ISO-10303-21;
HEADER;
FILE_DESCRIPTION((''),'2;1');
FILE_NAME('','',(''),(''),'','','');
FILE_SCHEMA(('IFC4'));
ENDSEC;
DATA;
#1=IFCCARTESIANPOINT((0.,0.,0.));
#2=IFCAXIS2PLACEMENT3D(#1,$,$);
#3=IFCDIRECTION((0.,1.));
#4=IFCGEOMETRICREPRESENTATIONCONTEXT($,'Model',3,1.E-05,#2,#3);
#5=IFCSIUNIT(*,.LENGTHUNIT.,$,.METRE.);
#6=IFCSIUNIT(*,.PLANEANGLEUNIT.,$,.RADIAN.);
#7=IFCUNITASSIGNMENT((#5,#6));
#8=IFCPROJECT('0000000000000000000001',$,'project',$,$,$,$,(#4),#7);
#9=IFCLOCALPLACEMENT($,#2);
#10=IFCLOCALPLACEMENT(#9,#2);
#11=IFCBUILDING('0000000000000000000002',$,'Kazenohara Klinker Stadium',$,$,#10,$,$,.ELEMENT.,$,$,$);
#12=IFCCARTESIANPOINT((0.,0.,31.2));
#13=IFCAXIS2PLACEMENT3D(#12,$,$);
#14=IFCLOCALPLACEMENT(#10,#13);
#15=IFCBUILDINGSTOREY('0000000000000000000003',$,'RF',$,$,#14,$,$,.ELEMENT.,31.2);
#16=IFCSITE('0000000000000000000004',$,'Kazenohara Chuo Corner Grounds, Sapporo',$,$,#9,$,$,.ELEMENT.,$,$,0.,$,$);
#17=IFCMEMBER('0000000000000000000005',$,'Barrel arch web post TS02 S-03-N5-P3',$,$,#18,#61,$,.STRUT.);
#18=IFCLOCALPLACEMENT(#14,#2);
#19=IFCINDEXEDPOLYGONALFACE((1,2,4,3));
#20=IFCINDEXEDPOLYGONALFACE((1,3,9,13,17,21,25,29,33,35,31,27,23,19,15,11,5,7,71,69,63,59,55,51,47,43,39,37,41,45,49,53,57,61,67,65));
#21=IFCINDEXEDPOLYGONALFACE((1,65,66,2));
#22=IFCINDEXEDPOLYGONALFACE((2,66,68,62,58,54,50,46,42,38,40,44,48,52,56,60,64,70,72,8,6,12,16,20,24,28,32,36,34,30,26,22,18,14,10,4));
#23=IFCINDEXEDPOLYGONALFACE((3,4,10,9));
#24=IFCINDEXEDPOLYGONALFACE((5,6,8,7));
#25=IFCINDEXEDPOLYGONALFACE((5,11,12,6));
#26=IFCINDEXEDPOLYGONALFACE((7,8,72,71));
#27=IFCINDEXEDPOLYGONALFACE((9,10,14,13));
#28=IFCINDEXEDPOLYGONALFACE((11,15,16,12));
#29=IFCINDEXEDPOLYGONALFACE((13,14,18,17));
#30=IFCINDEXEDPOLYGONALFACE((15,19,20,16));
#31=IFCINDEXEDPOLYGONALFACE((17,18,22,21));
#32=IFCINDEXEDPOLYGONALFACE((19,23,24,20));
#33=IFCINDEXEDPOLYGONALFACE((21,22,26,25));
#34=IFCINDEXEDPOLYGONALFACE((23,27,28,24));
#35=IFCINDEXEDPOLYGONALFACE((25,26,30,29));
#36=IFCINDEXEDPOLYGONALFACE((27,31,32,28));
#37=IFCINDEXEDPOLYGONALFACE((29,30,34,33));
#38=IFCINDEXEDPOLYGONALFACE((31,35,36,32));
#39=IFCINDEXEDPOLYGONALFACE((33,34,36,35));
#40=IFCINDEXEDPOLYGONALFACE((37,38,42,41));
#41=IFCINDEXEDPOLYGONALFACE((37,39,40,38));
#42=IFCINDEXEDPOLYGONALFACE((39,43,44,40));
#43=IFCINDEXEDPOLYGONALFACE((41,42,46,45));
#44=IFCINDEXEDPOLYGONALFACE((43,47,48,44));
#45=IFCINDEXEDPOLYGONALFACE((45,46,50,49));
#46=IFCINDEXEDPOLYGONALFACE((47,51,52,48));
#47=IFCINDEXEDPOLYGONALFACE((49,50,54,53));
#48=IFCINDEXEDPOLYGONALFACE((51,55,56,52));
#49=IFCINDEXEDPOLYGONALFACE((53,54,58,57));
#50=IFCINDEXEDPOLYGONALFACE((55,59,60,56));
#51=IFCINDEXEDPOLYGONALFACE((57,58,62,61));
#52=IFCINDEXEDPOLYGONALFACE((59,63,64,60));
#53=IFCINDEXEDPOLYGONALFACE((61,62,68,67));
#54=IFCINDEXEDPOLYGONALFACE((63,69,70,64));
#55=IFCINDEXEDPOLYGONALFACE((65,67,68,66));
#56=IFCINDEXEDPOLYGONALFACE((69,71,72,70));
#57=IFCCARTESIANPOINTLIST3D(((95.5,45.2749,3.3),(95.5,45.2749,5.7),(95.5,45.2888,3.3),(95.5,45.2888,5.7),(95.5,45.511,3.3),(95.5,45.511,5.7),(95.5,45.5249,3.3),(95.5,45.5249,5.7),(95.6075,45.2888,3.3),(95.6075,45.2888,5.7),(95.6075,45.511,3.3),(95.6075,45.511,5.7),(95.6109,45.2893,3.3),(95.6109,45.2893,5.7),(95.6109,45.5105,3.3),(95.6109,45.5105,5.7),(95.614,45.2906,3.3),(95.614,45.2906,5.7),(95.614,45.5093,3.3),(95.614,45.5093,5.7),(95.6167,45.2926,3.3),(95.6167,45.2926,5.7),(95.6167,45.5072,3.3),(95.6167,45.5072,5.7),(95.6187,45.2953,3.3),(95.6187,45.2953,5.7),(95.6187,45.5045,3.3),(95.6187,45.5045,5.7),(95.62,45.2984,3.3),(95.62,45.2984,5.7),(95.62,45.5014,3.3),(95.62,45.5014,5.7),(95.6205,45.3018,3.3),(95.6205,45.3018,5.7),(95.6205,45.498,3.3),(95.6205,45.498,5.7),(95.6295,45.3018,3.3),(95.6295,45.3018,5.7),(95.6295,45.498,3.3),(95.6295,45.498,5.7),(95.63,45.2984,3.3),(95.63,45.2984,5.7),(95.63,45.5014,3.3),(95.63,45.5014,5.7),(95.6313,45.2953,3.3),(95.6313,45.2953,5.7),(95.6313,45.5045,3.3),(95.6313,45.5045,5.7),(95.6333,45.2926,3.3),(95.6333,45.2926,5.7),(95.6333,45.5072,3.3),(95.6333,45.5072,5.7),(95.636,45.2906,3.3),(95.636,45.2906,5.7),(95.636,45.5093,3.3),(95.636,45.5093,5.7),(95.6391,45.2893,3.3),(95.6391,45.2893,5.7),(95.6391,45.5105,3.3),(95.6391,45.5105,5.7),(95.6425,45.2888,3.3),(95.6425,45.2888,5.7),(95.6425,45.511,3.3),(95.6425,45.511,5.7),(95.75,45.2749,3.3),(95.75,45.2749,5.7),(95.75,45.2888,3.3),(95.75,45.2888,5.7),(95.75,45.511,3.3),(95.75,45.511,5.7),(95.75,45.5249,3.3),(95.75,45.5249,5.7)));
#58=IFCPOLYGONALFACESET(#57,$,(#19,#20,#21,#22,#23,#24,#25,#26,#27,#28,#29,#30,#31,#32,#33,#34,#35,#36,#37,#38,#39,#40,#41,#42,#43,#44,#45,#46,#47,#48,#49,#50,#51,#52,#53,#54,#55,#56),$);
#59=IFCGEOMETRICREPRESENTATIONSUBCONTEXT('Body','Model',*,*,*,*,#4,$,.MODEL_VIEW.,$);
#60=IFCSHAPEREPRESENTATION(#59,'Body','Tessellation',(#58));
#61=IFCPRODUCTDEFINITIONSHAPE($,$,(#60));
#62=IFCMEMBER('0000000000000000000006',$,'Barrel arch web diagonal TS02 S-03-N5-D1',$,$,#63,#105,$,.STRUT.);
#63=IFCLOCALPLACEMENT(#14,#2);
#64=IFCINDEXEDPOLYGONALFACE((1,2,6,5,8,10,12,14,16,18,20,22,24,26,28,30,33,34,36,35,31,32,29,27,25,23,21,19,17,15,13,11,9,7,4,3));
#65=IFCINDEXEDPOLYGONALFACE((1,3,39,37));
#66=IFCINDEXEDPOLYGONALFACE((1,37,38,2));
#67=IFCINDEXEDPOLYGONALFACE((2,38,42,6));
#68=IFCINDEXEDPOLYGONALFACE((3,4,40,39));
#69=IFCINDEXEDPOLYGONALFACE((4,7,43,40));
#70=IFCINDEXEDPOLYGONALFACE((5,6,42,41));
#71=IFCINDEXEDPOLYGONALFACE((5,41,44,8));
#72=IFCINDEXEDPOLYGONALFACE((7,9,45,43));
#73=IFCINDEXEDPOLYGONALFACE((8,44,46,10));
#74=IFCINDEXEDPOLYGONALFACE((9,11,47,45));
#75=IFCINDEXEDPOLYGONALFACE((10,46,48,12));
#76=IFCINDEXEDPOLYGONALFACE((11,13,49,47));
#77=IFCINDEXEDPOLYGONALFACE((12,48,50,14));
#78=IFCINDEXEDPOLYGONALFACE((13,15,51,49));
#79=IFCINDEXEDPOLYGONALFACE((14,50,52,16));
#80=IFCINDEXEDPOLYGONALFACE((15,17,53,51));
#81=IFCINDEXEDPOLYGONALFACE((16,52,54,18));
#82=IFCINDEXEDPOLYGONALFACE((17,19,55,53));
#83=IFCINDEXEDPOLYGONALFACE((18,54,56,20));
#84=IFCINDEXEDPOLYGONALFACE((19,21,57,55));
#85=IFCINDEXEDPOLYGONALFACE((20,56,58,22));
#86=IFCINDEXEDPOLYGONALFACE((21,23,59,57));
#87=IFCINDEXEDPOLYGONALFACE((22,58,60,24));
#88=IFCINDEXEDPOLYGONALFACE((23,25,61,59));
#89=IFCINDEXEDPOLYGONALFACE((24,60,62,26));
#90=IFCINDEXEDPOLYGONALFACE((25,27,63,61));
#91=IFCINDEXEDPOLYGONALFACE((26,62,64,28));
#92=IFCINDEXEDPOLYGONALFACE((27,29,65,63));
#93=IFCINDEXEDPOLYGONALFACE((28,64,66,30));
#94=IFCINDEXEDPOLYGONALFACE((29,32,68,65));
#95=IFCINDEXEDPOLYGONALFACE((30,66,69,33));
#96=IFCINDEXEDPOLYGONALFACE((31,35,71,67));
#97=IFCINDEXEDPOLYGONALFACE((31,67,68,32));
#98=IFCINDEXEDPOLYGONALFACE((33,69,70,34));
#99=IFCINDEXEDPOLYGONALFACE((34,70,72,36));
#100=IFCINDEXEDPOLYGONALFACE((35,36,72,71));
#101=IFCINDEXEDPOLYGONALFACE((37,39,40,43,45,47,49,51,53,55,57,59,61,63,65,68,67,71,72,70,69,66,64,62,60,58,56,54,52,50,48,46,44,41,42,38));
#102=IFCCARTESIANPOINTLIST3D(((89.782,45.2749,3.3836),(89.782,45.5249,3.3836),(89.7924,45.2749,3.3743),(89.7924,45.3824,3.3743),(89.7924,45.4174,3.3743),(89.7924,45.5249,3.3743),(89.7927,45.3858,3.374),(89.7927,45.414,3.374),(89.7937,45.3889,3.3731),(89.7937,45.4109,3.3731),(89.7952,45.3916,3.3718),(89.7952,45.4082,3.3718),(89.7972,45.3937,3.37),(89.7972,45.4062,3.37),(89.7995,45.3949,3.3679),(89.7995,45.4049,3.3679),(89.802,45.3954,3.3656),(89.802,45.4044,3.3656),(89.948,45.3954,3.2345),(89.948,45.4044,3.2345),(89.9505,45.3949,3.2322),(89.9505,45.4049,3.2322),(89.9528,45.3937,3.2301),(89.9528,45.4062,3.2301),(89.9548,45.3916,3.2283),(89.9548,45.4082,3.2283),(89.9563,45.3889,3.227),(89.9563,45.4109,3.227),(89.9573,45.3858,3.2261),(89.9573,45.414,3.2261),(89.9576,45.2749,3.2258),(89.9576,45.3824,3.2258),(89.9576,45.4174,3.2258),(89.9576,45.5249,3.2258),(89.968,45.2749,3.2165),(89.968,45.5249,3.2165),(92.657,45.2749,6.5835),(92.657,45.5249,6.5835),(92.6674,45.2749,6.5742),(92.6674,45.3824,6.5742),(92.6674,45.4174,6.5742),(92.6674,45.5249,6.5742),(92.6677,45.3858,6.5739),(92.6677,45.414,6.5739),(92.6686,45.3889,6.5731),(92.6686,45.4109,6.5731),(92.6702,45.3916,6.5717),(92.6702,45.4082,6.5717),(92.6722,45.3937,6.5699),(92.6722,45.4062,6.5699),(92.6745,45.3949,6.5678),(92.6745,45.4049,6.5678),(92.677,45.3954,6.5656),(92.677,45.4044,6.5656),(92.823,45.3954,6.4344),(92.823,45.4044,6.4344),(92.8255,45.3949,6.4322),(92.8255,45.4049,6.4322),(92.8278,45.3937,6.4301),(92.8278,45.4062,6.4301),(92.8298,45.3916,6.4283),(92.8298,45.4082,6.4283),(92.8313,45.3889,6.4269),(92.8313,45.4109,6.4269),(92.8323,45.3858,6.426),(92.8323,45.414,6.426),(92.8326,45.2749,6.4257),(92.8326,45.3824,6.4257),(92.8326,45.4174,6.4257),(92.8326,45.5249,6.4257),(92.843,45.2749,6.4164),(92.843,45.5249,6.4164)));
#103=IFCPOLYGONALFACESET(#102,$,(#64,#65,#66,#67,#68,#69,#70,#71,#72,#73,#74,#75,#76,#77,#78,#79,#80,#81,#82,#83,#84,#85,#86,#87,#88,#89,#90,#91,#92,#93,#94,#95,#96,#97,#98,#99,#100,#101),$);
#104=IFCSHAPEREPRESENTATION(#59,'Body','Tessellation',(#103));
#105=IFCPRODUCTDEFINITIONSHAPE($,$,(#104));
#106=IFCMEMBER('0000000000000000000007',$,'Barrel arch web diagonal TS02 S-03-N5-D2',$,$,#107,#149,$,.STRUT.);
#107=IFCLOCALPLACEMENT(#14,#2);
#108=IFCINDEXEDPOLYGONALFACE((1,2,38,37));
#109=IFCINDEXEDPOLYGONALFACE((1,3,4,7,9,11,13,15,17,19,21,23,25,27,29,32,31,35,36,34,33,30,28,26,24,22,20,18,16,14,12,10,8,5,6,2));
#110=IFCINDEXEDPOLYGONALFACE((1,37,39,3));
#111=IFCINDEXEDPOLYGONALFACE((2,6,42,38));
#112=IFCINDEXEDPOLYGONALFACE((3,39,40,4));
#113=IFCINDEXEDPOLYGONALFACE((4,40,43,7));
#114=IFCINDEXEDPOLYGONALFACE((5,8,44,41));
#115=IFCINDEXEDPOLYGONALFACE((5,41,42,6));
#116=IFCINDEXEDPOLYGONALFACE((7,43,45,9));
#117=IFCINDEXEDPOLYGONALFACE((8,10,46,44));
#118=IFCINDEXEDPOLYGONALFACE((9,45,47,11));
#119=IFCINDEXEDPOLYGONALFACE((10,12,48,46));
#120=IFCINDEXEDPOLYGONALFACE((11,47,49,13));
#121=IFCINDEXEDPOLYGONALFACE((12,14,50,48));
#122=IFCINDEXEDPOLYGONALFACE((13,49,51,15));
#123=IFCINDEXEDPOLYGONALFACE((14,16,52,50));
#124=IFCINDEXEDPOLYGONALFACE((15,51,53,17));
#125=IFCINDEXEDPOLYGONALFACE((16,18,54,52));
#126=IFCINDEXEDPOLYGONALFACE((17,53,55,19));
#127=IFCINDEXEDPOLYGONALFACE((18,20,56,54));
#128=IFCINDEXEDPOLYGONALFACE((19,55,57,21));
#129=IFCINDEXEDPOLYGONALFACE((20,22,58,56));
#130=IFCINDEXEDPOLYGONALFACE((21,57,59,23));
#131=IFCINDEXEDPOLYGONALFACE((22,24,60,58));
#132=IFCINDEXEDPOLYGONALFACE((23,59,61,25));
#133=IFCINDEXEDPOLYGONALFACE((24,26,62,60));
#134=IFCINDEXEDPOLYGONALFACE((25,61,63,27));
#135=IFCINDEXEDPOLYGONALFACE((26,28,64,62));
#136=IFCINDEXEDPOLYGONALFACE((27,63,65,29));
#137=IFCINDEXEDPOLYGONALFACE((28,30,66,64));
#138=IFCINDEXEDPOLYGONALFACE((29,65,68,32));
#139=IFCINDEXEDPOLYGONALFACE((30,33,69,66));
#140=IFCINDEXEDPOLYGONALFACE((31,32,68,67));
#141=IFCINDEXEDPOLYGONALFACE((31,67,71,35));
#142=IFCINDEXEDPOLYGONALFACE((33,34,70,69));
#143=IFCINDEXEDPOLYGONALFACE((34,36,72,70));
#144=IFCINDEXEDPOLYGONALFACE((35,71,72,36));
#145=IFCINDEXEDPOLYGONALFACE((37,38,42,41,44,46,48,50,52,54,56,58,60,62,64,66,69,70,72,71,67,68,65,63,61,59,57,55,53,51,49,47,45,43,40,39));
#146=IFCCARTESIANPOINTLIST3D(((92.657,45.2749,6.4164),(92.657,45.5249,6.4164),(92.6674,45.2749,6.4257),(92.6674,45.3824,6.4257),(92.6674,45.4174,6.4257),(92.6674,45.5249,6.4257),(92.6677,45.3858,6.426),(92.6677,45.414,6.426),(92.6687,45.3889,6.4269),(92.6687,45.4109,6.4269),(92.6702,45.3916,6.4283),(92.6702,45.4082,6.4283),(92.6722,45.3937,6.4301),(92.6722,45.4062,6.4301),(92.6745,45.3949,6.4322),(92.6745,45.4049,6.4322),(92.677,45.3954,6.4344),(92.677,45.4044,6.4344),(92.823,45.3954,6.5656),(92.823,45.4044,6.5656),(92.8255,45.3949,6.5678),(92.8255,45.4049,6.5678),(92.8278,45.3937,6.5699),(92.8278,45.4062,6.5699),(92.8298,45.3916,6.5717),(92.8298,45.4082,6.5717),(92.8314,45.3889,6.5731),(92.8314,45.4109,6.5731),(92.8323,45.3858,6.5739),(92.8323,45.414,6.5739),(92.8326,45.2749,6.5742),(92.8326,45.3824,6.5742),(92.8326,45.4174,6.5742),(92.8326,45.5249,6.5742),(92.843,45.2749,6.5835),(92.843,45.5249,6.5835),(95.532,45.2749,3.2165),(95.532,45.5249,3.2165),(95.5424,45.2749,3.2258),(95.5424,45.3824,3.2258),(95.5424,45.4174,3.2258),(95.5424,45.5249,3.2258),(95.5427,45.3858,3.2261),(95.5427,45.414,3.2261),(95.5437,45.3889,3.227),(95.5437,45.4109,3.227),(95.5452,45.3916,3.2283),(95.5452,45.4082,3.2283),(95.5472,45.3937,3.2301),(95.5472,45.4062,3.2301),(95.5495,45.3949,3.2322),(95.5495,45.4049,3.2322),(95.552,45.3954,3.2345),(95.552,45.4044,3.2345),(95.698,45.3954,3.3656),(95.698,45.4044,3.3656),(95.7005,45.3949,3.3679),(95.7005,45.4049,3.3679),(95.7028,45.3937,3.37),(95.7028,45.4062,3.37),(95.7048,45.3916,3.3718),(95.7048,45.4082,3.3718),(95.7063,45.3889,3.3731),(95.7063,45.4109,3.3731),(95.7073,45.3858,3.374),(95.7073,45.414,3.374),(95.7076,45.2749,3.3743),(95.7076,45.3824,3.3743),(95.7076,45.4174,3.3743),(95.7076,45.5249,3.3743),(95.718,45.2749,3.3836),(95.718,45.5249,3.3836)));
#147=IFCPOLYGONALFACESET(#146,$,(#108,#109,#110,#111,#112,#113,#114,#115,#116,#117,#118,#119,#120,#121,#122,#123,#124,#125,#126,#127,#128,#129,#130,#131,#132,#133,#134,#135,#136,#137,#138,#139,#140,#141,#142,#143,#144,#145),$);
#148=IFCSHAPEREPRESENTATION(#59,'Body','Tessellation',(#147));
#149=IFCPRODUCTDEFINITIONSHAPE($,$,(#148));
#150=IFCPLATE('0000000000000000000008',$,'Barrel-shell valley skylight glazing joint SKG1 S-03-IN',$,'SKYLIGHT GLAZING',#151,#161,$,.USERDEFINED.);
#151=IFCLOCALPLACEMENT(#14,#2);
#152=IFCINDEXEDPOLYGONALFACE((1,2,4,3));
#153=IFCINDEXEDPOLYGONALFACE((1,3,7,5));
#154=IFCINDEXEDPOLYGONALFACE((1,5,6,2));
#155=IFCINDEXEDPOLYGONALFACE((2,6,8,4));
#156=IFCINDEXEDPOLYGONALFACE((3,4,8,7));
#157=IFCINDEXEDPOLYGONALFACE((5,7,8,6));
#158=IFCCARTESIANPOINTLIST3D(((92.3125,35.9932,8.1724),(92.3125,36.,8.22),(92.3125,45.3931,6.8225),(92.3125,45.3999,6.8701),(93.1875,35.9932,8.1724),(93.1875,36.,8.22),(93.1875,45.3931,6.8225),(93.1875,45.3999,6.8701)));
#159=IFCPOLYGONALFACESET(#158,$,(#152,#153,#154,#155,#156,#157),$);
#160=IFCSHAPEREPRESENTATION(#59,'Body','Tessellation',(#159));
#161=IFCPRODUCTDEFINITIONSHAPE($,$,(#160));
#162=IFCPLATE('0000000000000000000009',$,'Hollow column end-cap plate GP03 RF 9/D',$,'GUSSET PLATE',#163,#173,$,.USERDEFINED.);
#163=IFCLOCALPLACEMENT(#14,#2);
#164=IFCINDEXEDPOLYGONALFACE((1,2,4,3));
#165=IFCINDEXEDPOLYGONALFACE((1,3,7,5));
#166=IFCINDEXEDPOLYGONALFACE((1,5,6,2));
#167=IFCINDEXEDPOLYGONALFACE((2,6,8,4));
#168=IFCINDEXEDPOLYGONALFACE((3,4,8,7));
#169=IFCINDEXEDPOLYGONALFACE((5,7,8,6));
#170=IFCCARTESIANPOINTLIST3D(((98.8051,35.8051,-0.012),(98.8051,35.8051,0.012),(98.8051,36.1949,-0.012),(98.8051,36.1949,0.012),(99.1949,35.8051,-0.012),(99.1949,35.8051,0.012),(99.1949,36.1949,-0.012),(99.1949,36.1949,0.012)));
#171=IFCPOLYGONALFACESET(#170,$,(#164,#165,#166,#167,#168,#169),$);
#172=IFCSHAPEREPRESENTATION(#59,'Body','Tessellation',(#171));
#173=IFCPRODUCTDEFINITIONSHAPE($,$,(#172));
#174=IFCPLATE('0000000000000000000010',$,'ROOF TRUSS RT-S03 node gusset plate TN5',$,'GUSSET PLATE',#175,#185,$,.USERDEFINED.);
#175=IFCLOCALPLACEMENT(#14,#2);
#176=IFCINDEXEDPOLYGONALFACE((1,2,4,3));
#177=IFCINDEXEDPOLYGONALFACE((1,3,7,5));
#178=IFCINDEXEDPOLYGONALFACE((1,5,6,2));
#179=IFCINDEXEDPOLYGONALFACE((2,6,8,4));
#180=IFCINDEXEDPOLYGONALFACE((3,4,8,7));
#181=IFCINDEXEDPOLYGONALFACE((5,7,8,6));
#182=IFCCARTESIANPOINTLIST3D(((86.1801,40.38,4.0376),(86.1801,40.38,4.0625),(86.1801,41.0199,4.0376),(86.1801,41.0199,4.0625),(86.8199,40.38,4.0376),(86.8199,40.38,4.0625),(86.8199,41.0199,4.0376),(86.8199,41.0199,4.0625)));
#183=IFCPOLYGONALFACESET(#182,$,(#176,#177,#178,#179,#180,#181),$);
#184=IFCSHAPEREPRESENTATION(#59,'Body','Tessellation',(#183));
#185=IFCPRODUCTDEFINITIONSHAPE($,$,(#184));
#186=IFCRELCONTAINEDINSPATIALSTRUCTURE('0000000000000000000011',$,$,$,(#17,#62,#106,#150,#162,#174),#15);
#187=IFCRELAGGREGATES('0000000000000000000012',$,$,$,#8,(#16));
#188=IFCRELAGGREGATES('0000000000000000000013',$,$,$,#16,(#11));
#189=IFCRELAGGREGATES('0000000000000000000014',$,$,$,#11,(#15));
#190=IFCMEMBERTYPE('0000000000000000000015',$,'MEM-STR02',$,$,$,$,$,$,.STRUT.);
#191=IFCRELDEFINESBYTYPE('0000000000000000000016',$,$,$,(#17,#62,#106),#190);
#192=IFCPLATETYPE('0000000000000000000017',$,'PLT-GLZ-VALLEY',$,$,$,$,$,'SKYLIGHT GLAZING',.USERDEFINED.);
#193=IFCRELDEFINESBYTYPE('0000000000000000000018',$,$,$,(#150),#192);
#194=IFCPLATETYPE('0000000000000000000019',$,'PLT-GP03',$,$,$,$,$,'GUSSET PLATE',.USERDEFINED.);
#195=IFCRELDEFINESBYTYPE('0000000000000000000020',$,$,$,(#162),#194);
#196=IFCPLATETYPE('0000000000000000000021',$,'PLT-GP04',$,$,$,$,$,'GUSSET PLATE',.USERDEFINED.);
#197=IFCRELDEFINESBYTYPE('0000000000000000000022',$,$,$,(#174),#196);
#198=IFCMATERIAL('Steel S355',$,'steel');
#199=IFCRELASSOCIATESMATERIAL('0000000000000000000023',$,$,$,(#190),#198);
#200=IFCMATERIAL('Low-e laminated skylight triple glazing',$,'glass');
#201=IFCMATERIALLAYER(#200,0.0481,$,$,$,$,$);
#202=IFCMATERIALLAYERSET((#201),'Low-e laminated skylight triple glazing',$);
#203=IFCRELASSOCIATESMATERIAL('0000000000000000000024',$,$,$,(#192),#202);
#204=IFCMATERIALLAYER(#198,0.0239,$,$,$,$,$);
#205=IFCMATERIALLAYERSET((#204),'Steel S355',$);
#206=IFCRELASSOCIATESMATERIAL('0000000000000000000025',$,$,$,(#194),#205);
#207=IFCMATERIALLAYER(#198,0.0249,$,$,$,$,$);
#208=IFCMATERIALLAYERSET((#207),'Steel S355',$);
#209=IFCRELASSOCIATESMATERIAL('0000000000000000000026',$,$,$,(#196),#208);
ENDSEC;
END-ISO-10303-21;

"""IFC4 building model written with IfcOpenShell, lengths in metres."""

from ifc_helpers import new_model, si_unit, direction, frame, origin, origin_2d, place, context, subcontext, project, spatial, polyline, rectangle, i_section, outline, extrude, material, layer, layer_set, material_profile, profile_set, type_object, element, save


model = new_model("IFC4")

# Units and contexts
model_context = context("Model", 3, precision=1e-05, world=origin(), true_north=direction((0.0, 1.0)))
body_context = subcontext(model_context, "Body", "Model", "MODEL_VIEW")
ifc_project = project(units=[si_unit("LENGTHUNIT", "METRE"), si_unit("PLANEANGLEUNIT", "RADIAN")], contexts=[model_context])

# Site, building, storey
site_placement = place(None, origin())
site = spatial("IfcSite", under=ifc_project, at=site_placement, Name="Kazenohara Chuo Corner Grounds, Sapporo", CompositionType="ELEMENT", RefElevation=0.0)
building_placement = place(site_placement, origin())
building = spatial("IfcBuilding", under=site, at=building_placement, Name="Kazenohara Klinker Stadium", CompositionType="ELEMENT")
storey_placement = place(building_placement, frame((0.0, 0.0, 31.2)))
storey = spatial("IfcBuildingStorey", under=building, at=storey_placement, Name="RF", CompositionType="ELEMENT", Elevation=31.2)

# Members
ifc_material_1 = material(Name="Steel S355", Category="steel")
ifc_material_profile_1 = material_profile(ifc_material_1, i_section(OverallWidth=0.25, OverallDepth=0.25, WebThickness=0.009, FlangeThickness=0.0139, FilletRadius=0.0129, at=origin_2d()), Name="H-250x250x9x14")
ifc_profile_set_1 = profile_set([ifc_material_profile_1], Name="Steel S355")
member_type_1 = type_object("IfcMemberType", Name="MEM-STR02", PredefinedType="STRUT", material=ifc_profile_set_1)
member_1_placement = place(storey_placement, frame((95.625, 45.3999, 3.3), z_axis=(0.0, 0.0, 1.0), x_axis=(1.0, 0.0, 0.0)))
element("IfcMember", 1, at=member_1_placement, inside=storey, type_object=member_type_1, Name="Barrel arch web post TS02 S-03-N5-P3", PredefinedType="STRUT", context=body_context, shape_type="SweptSolid", body=[
    extrude(i_section(OverallWidth=0.25, OverallDepth=0.25, WebThickness=0.009, FlangeThickness=0.0139, FilletRadius=0.0129, at=origin_2d()), origin(), (0.0, 0.0, 1.0), 2.3999),
])
for number, where, z_axis, x_axis, name in (
    (2, (89.875, 45.3999, 3.3), (0.668328, 0.0, 0.743867), (0.0, 1.0, 0.0), "Barrel arch web diagonal TS02 S-03-N5-D1"),
    (3, (95.625, 45.3999, 3.3), (-0.668328, 0.0, 0.743867), (0.0, -1.0, 0.0), "Barrel arch web diagonal TS02 S-03-N5-D2"),
):
    element("IfcMember", number, at=place(storey_placement, frame(where, z_axis=z_axis, x_axis=x_axis)), inside=storey, type_object=member_type_1, Name=name, PredefinedType="STRUT", context=body_context, shape_type="SweptSolid", body=[
        extrude(i_section(OverallWidth=0.25, OverallDepth=0.25, WebThickness=0.009, FlangeThickness=0.0139, FilletRadius=0.0129, at=origin_2d()), origin(), (0.0, 0.0, 1.0), 4.3018),
    ])

# Plates
ifc_material_2 = material(Name="Low-e laminated skylight triple glazing", Category="glass")
ifc_layer_1 = layer(ifc_material_2, 0.0481)
ifc_layer_set_1 = layer_set([ifc_layer_1], Name="Low-e laminated skylight triple glazing")
plate_type_1 = type_object("IfcPlateType", Name="PLT-GLZ-VALLEY", ElementType="SKYLIGHT GLAZING", PredefinedType="USERDEFINED", material=ifc_layer_set_1)
plate_1_placement = place(storey_placement, frame((92.3125, 36.0, 8.22), z_axis=(0.0, 0.142145, 0.989846), x_axis=(0.0, 0.989846, -0.142145)))
element("IfcPlate", 4, at=plate_1_placement, inside=storey, type_object=plate_type_1, Name="Barrel-shell valley skylight glazing joint SKG1 S-03-IN", ObjectType="SKYLIGHT GLAZING", PredefinedType="USERDEFINED", context=body_context, shape_type="SweptSolid", body=[
    extrude(outline(polyline([(0.0, 0.0), (9.4963, 0.0), (9.4963, -0.875), (0.0, -0.875), (0.0, 0.0)])), origin(), (0.0, 0.0, -1.0), 0.0481),
])
ifc_layer_2 = layer(ifc_material_1, 0.0239)
ifc_layer_set_2 = layer_set([ifc_layer_2], Name="Steel S355")
plate_type_2 = type_object("IfcPlateType", Name="PLT-GP03", ElementType="GUSSET PLATE", PredefinedType="USERDEFINED", material=ifc_layer_set_2)
plate_2_placement = place(storey_placement, frame((99.0, 36.0, -0.012), z_axis=(0.0, 0.0, 1.0), x_axis=(1.0, 0.0, 0.0)))
element("IfcPlate", 5, at=plate_2_placement, inside=storey, type_object=plate_type_2, Name="Hollow column end-cap plate GP03 RF 9/D", ObjectType="GUSSET PLATE", PredefinedType="USERDEFINED", context=body_context, shape_type="SweptSolid", body=[
    extrude(rectangle(XDim=0.3899, YDim=0.3899, at=origin_2d()), origin(), (0.0, 0.0, 1.0), 0.0239),
])
ifc_layer_3 = layer(ifc_material_1, 0.0249)
ifc_layer_set_3 = layer_set([ifc_layer_3], Name="Steel S355")
plate_type_3 = type_object("IfcPlateType", Name="PLT-GP04", ElementType="GUSSET PLATE", PredefinedType="USERDEFINED", material=ifc_layer_set_3)
plate_3_placement = place(storey_placement, frame((86.5, 40.7, 4.0376), z_axis=(0.0, 0.0, 1.0), x_axis=(1.0, 0.0, 0.0)))
element("IfcPlate", 6, at=plate_3_placement, inside=storey, type_object=plate_type_3, Name="ROOF TRUSS RT-S03 node gusset plate TN5", ObjectType="GUSSET PLATE", PredefinedType="USERDEFINED", context=body_context, shape_type="SweptSolid", body=[
    extrude(rectangle(XDim=0.6399, YDim=0.6399, at=origin_2d()), origin(), (0.0, 0.0, 1.0), 0.0249),
])

save(model, "model.ifc")
